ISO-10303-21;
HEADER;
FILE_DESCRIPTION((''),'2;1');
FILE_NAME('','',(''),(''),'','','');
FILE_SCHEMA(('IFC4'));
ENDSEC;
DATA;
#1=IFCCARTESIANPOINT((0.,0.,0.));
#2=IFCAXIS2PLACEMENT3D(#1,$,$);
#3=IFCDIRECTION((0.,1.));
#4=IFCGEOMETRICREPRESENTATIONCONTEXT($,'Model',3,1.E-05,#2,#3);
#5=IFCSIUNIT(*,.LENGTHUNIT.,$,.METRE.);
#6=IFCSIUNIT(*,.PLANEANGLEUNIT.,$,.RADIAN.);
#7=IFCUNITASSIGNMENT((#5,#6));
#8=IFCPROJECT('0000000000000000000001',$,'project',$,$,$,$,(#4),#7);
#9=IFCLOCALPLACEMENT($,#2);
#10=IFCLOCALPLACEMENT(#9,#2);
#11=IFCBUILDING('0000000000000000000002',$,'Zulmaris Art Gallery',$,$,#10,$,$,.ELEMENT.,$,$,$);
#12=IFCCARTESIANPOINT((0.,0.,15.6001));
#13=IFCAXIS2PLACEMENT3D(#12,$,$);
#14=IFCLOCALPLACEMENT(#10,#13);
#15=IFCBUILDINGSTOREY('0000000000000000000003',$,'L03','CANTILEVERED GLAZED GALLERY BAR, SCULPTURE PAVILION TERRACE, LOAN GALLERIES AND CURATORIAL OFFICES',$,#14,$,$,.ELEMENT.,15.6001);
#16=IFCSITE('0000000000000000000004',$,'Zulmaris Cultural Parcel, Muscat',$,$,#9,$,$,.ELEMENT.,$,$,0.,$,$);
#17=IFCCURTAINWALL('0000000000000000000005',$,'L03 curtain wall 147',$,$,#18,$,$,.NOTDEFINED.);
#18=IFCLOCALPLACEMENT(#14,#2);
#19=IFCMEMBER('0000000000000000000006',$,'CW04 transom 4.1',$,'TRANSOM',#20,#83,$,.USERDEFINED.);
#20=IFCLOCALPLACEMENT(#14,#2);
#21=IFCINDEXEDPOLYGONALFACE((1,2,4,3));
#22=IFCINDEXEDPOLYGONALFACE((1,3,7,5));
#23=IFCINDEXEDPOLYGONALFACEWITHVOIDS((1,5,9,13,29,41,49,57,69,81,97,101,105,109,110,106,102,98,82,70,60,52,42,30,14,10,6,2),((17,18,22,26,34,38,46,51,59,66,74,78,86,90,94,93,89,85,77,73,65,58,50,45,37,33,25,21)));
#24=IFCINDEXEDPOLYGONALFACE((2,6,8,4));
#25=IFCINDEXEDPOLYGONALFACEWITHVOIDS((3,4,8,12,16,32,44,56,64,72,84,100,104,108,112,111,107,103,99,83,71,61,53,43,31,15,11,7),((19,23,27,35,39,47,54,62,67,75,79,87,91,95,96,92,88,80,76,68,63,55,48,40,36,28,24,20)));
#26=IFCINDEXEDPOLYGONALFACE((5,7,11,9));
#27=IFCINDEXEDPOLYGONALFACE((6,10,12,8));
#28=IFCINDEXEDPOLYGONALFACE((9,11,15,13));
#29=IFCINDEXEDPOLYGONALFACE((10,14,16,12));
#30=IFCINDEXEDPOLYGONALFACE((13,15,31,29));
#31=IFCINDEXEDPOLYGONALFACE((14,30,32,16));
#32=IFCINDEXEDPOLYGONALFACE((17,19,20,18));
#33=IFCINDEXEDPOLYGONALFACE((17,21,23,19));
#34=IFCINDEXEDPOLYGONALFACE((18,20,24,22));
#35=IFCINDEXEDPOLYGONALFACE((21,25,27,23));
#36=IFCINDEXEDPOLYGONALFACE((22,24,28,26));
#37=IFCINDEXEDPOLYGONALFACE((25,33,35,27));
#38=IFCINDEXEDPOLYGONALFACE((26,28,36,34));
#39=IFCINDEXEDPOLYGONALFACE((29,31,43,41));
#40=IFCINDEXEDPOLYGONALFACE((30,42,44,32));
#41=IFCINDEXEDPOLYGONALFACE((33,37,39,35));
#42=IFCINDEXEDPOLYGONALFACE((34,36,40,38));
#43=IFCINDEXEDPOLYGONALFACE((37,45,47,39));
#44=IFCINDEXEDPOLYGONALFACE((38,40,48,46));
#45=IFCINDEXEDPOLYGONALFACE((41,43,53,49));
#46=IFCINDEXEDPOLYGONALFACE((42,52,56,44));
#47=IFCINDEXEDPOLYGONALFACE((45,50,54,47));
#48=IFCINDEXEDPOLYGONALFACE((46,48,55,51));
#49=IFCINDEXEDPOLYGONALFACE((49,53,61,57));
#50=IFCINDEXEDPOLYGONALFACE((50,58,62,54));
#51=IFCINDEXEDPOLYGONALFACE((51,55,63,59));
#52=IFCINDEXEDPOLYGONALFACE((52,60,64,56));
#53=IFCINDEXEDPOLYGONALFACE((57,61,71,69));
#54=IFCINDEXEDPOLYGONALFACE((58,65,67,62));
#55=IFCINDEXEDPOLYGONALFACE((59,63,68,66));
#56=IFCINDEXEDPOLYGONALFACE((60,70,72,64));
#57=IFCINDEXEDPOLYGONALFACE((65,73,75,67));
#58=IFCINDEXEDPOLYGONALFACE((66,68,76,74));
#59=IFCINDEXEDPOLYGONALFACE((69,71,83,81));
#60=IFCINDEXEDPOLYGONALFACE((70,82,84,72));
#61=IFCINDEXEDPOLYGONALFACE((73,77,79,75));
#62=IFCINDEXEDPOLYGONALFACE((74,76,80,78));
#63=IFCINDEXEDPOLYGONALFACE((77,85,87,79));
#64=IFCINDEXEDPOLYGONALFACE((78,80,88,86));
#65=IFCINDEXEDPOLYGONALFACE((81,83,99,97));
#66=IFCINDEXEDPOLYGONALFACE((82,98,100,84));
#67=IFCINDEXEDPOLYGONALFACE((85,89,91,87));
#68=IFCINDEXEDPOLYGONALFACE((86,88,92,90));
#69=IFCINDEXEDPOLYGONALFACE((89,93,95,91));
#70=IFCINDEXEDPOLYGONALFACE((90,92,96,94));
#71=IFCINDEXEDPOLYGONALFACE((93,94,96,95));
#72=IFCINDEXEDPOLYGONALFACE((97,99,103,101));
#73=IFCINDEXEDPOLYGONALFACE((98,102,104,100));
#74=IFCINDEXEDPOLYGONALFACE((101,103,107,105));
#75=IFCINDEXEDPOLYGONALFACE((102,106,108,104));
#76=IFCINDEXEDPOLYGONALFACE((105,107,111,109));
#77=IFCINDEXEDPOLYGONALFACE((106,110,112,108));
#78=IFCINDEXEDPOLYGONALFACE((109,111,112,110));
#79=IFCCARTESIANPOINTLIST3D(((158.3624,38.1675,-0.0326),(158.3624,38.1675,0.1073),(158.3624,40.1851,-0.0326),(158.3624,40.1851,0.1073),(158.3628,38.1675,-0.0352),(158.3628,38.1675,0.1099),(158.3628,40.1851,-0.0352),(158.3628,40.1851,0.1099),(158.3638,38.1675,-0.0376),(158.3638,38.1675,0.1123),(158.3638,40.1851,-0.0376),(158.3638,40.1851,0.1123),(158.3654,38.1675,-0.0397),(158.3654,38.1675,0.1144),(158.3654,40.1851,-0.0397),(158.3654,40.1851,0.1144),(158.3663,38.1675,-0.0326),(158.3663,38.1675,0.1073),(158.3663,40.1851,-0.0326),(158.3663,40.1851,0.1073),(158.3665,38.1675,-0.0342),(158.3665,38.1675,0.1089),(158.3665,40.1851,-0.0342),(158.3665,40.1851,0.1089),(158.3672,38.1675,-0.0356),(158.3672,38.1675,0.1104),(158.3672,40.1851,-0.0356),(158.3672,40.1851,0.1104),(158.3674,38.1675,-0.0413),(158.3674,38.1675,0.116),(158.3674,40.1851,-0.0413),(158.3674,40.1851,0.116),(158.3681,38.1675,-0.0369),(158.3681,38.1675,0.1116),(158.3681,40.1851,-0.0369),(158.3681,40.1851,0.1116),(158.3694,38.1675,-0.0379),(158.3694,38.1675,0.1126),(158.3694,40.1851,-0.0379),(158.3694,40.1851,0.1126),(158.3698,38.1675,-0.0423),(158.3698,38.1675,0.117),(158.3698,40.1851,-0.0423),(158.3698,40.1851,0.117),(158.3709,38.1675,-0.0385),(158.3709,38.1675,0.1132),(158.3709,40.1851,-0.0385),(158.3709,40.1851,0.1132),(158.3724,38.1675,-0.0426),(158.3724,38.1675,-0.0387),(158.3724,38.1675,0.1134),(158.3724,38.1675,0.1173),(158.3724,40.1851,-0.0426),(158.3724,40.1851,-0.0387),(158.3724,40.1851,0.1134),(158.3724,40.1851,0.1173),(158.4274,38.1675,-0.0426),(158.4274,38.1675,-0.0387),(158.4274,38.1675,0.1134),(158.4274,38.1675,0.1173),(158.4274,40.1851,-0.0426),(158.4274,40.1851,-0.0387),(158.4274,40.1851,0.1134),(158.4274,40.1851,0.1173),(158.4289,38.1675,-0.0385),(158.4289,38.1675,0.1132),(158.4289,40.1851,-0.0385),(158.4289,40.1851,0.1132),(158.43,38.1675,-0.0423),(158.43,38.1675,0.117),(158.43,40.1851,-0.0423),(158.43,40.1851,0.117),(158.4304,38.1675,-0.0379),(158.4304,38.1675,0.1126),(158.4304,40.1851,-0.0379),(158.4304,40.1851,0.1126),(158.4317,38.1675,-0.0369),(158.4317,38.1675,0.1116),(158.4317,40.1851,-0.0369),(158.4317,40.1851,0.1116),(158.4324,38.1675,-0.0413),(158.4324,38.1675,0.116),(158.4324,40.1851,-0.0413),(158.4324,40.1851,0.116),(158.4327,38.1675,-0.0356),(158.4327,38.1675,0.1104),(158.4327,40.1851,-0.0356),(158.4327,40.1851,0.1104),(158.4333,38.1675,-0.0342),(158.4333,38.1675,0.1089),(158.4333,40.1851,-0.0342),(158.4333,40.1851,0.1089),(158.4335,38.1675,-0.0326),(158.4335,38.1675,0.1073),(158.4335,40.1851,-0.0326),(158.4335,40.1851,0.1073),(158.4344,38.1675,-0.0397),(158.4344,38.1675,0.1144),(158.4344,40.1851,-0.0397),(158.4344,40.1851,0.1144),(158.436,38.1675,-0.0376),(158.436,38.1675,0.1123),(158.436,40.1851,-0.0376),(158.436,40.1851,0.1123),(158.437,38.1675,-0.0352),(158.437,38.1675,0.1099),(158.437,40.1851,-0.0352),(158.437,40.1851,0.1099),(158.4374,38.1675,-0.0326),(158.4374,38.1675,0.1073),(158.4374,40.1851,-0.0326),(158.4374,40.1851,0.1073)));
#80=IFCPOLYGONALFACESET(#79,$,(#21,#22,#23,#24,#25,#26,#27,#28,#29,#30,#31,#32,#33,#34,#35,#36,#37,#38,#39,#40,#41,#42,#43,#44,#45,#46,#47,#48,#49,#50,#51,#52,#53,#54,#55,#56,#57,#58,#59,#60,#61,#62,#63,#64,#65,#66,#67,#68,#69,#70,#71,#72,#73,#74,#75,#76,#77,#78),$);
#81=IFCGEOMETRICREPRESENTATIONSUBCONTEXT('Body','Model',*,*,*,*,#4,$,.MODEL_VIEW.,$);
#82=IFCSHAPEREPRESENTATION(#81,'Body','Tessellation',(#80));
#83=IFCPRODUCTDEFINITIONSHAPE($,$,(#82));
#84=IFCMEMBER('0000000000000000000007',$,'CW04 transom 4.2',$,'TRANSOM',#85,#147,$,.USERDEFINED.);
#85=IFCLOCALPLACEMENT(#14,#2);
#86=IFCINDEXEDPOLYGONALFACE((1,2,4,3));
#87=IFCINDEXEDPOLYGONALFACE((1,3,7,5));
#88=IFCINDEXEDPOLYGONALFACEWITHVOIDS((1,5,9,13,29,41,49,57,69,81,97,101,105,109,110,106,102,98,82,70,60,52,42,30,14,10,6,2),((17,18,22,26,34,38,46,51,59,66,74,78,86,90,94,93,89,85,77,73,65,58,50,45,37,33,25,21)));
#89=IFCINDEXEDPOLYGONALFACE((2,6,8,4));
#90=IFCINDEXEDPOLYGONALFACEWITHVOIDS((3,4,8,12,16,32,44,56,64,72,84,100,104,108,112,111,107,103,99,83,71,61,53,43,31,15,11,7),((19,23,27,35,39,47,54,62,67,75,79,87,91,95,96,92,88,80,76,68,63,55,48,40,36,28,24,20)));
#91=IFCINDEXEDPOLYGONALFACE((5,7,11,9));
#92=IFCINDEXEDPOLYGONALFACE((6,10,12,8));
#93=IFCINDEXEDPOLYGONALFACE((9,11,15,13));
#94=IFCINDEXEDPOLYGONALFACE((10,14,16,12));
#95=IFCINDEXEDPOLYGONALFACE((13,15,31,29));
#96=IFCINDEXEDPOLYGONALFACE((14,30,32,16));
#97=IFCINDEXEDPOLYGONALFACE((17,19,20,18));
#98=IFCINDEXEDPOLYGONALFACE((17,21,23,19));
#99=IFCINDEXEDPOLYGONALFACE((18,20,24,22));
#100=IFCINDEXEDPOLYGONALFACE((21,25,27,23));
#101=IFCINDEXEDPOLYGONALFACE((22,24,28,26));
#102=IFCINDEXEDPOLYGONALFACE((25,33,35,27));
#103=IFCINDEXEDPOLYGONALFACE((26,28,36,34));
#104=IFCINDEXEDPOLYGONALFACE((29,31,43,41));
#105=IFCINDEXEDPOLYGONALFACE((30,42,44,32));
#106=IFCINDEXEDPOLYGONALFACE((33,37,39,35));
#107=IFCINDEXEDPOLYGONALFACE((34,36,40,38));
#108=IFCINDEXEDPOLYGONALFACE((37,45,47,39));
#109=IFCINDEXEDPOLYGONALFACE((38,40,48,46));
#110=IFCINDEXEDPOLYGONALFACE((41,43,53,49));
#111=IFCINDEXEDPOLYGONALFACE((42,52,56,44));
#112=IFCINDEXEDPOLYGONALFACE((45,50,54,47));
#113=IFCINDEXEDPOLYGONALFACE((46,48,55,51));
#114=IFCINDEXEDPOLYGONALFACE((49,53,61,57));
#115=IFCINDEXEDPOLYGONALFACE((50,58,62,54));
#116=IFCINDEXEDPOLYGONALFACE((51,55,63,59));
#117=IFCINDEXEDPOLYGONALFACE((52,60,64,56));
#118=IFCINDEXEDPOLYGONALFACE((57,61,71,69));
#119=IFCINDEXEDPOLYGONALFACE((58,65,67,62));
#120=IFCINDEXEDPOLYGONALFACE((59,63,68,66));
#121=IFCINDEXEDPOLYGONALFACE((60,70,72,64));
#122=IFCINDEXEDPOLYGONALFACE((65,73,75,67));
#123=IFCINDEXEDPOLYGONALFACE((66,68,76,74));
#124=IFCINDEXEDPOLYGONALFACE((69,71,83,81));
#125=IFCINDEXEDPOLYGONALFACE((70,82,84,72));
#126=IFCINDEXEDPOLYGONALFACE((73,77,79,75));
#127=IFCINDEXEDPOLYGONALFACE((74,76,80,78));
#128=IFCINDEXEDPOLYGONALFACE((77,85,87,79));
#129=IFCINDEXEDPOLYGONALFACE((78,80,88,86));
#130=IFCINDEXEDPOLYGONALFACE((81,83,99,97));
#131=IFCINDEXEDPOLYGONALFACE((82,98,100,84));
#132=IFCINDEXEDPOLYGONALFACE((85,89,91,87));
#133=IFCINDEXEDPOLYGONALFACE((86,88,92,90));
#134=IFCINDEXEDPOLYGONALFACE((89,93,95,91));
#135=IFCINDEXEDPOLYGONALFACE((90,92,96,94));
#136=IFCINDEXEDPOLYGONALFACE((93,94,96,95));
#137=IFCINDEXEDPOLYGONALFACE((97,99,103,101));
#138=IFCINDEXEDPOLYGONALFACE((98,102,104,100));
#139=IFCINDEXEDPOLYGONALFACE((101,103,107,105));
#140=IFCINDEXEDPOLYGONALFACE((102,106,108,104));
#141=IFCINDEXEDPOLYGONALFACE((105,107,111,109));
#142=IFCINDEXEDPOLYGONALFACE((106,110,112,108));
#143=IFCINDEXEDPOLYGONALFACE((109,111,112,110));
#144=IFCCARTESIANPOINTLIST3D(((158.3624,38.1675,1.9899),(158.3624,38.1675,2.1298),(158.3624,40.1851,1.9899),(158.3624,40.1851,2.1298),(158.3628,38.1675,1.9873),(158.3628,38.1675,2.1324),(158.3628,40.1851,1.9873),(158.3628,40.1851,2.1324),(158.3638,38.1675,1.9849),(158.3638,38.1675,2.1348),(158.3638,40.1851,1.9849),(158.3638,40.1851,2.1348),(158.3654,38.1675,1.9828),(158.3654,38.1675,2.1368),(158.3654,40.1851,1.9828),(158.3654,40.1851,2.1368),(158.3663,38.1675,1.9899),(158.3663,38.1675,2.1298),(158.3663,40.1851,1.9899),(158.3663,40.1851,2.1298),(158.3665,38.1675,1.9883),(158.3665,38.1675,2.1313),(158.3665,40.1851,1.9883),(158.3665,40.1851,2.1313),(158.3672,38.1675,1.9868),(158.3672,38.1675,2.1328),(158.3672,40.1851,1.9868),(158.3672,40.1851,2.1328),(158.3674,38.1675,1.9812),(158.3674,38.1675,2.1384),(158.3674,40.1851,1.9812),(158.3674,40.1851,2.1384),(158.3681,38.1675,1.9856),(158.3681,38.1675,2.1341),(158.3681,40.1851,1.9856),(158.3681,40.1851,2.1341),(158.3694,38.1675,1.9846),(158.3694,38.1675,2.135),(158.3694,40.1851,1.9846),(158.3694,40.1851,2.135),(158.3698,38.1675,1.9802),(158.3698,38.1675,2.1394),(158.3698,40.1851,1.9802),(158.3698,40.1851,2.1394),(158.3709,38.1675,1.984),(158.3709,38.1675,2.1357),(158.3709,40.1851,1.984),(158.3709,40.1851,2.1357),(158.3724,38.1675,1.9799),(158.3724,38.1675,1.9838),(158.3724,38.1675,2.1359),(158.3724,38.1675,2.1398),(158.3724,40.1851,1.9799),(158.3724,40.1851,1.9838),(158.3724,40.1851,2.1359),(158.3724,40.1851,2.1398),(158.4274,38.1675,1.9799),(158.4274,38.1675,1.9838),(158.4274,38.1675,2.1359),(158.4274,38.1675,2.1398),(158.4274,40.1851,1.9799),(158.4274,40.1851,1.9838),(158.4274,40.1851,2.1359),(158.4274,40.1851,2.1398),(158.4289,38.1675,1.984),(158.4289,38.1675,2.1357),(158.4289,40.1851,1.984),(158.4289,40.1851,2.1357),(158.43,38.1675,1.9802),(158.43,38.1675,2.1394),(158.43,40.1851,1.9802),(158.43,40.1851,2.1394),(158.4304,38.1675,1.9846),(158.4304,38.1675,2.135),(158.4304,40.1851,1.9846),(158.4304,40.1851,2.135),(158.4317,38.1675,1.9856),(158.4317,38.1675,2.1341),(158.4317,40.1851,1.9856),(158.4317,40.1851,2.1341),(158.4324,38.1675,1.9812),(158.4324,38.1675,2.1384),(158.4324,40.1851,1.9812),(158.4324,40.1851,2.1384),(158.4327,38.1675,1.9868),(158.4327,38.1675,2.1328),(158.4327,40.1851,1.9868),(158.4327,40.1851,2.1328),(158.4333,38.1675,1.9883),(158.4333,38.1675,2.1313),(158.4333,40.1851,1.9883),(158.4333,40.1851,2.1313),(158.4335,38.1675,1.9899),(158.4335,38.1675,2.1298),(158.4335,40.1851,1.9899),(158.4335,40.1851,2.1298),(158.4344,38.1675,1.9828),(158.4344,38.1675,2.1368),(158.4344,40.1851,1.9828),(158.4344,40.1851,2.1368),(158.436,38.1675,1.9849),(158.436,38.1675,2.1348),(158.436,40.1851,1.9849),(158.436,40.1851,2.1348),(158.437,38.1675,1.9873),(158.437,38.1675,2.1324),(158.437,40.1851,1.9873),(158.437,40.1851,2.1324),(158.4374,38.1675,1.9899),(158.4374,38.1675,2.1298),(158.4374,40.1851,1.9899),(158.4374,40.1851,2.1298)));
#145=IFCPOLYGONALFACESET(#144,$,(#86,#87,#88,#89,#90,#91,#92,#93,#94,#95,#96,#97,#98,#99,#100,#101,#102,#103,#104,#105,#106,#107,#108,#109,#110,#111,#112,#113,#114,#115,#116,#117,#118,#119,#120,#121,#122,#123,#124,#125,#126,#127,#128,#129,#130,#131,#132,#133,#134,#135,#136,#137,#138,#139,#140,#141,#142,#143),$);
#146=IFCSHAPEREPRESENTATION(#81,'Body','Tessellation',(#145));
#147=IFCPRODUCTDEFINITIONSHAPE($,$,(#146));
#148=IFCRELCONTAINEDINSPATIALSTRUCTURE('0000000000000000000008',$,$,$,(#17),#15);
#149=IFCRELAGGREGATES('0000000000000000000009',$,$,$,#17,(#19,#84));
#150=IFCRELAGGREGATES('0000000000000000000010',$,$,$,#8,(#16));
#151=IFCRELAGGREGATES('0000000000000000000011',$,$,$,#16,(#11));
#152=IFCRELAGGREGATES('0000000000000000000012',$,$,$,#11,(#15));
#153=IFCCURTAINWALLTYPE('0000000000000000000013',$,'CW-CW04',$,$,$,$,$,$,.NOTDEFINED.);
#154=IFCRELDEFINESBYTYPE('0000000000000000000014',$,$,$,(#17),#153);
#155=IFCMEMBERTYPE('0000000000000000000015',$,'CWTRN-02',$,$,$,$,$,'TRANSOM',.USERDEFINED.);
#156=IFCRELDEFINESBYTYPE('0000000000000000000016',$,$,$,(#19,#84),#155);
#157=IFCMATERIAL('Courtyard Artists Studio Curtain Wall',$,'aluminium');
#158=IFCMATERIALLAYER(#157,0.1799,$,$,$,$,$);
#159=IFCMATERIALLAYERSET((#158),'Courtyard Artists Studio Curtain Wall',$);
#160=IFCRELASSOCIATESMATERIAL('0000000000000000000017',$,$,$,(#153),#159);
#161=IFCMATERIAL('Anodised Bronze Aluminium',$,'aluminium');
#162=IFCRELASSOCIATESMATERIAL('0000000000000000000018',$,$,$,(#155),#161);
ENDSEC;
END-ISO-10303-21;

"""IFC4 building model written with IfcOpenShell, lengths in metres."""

from ifc_helpers import new_model, si_unit, direction, frame, origin, origin_2d, place, context, subcontext, project, spatial, hollow_rectangle, extrude, material, layer, layer_set, material_profile, profile_set, type_object, element, aggregate, save


model = new_model("IFC4")

# Units and contexts
model_context = context("Model", 3, precision=1e-05, world=origin(), true_north=direction((0.0, 1.0)))
body_context = subcontext(model_context, "Body", "Model", "MODEL_VIEW")
ifc_project = project(units=[si_unit("LENGTHUNIT", "METRE"), si_unit("PLANEANGLEUNIT", "RADIAN")], contexts=[model_context])

# Site, building, storey
site_placement = place(None, origin())
site = spatial("IfcSite", under=ifc_project, at=site_placement, Name="Zulmaris Cultural Parcel, Muscat", CompositionType="ELEMENT", RefElevation=0.0)
building_placement = place(site_placement, origin())
building = spatial("IfcBuilding", under=site, at=building_placement, Name="Zulmaris Art Gallery", CompositionType="ELEMENT")
storey_placement = place(building_placement, frame((0.0, 0.0, 15.6001)))
storey = spatial("IfcBuildingStorey", under=building, at=storey_placement, Name="L03", Description="CANTILEVERED GLAZED GALLERY BAR, SCULPTURE PAVILION TERRACE, LOAN GALLERIES AND CURATORIAL OFFICES", CompositionType="ELEMENT", Elevation=15.6001)

# Curtain wall
ifc_material_1 = material(Name="Courtyard Artists Studio Curtain Wall", Category="aluminium")
ifc_layer_1 = layer(ifc_material_1, 0.1799)
ifc_layer_set_1 = layer_set([ifc_layer_1], Name="Courtyard Artists Studio Curtain Wall")
curtain_wall_type = type_object("IfcCurtainWallType", Name="CW-CW04", PredefinedType="NOTDEFINED", material=ifc_layer_set_1)
curtain_wall_1_placement = place(storey_placement, origin())
curtain_wall_1 = element("IfcCurtainWall", 1, at=curtain_wall_1_placement, inside=storey, type_object=curtain_wall_type, Name="L03 curtain wall 147", PredefinedType="NOTDEFINED")
ifc_material_2 = material(Name="Anodised Bronze Aluminium", Category="aluminium")

# Members
ifc_material_profile_1 = material_profile(ifc_material_2, hollow_rectangle(XDim=0.075, YDim=0.1599, WallThickness=0.0039, InnerFilletRadius=0.0061, OuterFilletRadius=0.01, at=origin_2d()), Name="ALU 75x160x4")
ifc_profile_set_1 = profile_set([ifc_material_profile_1], Name="Anodised Bronze Aluminium")
member_type_1 = type_object("IfcMemberType", Name="CWTRN-02", ElementType="TRANSOM", PredefinedType="USERDEFINED", material=ifc_profile_set_1)
member_1_placement = place(storey_placement, frame((158.3999, 38.1675, 0.0374), z_axis=(0.0, 1.0, 0.0), x_axis=(-1.0, 0.0, 0.0)))
member_1 = element("IfcMember", 2, at=member_1_placement, type_object=member_type_1, Name="CW04 transom 4.1", ObjectType="TRANSOM", PredefinedType="USERDEFINED", context=body_context, shape_type="SweptSolid", body=[
    extrude(hollow_rectangle(XDim=0.075, YDim=0.1599, WallThickness=0.0039, InnerFilletRadius=0.0061, OuterFilletRadius=0.01, at=origin_2d()), origin(), (0.0, 0.0, 1.0), 2.0176),
])
member_2_placement = place(storey_placement, frame((158.3999, 38.1675, 2.0598), z_axis=(0.0, 1.0, 0.0), x_axis=(-1.0, 0.0, 0.0)))
member_2 = element("IfcMember", 3, at=member_2_placement, type_object=member_type_1, Name="CW04 transom 4.2", ObjectType="TRANSOM", PredefinedType="USERDEFINED", context=body_context, shape_type="SweptSolid", body=[
    extrude(hollow_rectangle(XDim=0.075, YDim=0.1599, WallThickness=0.0039, InnerFilletRadius=0.0061, OuterFilletRadius=0.01, at=origin_2d()), origin(), (0.0, 0.0, 1.0), 2.0176),
])

aggregate(curtain_wall_1, [member_1, member_2])

save(model, "model.ifc")
